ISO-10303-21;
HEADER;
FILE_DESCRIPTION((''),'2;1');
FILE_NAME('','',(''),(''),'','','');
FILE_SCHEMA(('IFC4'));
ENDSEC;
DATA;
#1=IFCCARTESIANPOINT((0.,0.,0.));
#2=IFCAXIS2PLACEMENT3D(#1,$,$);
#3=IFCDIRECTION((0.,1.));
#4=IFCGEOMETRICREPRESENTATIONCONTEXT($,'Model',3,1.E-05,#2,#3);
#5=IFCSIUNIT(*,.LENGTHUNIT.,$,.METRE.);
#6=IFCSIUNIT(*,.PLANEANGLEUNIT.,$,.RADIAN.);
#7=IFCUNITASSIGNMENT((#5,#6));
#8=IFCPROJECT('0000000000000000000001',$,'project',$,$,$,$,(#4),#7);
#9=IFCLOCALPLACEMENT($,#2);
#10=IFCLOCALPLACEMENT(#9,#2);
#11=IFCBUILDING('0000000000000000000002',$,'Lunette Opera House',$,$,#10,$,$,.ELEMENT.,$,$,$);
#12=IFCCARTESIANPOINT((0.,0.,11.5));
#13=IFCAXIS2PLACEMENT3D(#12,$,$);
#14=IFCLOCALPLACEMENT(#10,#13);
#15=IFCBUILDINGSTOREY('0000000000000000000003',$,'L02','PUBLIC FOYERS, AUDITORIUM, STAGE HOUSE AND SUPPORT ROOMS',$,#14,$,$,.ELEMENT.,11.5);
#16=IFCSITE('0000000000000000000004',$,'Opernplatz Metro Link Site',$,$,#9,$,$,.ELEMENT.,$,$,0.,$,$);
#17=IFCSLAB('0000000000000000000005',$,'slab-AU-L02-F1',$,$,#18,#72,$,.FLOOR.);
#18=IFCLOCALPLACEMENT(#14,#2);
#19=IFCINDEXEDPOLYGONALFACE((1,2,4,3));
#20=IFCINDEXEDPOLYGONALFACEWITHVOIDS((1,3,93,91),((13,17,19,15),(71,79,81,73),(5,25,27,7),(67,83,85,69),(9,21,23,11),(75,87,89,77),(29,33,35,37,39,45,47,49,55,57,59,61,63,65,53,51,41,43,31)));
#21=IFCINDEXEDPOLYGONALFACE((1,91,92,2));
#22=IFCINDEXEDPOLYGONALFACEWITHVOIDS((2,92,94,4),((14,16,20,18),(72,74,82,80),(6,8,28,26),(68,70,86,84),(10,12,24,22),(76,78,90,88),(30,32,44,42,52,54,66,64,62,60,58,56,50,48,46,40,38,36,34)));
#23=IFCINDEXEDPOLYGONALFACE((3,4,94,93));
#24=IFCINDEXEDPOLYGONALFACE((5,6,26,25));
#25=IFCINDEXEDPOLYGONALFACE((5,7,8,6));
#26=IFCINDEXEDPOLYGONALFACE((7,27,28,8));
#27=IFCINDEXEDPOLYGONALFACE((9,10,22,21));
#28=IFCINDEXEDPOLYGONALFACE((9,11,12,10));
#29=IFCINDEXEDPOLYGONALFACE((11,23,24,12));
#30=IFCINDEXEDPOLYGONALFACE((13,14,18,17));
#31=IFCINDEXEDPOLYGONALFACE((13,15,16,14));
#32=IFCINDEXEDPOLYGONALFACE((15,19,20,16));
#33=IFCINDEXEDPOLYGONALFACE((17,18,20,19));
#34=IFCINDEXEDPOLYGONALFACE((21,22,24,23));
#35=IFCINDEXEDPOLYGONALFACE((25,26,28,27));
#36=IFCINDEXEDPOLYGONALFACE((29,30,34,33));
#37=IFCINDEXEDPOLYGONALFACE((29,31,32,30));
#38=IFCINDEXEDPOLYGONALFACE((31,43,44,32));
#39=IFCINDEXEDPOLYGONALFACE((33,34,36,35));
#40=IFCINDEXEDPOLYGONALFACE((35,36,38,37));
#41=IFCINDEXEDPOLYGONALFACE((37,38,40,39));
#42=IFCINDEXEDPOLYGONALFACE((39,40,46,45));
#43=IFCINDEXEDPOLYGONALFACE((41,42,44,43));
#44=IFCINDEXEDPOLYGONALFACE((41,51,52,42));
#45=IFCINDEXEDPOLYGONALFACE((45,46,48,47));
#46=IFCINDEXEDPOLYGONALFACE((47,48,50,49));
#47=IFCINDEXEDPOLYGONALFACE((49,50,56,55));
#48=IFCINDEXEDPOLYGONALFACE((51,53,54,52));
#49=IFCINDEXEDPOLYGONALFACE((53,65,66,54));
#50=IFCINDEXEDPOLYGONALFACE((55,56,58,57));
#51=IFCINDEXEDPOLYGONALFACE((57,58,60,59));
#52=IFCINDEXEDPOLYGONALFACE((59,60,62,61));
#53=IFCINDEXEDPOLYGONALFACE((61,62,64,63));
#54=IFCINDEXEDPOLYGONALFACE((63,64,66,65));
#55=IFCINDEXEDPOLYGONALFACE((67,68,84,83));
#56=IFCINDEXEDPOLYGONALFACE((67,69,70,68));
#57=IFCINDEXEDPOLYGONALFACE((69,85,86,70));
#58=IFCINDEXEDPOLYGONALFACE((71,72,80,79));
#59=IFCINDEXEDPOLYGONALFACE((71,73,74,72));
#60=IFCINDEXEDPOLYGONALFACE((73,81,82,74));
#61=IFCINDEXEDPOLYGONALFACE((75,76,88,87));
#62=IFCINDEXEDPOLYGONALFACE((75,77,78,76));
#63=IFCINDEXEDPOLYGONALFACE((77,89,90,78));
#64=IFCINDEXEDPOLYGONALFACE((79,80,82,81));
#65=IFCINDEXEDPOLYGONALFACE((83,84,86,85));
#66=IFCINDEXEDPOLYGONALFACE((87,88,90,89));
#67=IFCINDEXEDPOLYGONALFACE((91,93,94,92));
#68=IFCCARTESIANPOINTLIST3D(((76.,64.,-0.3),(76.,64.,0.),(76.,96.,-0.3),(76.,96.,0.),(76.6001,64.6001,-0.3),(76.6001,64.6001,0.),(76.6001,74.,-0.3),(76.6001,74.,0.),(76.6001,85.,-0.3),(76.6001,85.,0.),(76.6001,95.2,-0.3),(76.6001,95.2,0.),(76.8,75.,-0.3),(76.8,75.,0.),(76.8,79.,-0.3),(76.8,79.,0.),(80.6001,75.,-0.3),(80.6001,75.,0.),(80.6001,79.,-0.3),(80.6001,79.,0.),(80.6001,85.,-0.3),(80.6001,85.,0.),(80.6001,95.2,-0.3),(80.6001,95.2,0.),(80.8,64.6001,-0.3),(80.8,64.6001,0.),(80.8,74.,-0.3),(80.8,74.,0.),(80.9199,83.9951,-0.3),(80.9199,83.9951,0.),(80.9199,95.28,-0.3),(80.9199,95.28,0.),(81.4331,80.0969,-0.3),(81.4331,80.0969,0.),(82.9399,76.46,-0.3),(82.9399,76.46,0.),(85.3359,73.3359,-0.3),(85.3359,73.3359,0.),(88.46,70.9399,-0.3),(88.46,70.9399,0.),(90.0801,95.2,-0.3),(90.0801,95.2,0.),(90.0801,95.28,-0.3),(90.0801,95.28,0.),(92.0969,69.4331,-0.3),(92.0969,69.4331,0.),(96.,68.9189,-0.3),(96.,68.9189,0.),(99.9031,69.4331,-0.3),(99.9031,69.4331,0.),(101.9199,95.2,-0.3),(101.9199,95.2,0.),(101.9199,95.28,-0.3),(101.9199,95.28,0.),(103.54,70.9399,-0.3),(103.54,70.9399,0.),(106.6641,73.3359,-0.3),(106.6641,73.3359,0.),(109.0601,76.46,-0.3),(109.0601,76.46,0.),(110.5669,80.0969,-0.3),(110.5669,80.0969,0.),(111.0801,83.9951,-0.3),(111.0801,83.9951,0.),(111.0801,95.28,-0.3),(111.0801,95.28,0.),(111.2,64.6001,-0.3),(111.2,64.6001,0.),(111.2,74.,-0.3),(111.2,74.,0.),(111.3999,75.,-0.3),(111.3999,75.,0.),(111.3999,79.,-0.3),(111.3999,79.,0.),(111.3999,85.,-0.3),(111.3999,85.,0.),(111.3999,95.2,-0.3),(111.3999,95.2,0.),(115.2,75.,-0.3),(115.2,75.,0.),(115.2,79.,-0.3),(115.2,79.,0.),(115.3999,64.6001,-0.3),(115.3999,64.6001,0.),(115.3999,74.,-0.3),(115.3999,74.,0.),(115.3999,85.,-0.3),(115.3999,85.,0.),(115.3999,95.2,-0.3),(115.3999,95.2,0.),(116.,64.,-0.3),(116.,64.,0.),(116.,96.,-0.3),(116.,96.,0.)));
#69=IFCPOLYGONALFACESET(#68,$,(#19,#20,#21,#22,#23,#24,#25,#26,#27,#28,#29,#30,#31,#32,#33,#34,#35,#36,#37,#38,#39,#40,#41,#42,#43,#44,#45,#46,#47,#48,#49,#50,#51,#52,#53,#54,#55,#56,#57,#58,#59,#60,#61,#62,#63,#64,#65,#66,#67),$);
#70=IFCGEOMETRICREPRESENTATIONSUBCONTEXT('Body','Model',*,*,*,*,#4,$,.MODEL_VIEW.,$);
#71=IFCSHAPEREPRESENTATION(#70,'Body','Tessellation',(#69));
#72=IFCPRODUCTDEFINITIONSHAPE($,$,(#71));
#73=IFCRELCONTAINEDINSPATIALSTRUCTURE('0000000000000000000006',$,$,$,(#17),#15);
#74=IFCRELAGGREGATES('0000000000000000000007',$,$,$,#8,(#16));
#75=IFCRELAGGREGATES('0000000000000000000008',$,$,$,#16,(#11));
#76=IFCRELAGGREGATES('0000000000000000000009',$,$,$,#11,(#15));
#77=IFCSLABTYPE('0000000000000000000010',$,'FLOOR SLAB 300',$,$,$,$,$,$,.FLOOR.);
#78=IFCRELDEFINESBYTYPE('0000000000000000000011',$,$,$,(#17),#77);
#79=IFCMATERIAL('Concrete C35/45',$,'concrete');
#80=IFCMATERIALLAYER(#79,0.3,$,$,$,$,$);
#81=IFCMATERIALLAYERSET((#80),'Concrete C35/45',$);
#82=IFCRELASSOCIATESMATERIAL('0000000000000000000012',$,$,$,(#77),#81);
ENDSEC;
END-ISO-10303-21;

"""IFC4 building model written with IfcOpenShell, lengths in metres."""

from ifc_helpers import new_model, si_unit, direction, frame, origin, place, context, subcontext, project, spatial, polyline, outline, extrude, material, layer, layer_set, type_object, element, save


model = new_model("IFC4")

# Units and contexts
model_context = context("Model", 3, precision=1e-05, world=origin(), true_north=direction((0.0, 1.0)))
body_context = subcontext(model_context, "Body", "Model", "MODEL_VIEW")
ifc_project = project(units=[si_unit("LENGTHUNIT", "METRE"), si_unit("PLANEANGLEUNIT", "RADIAN")], contexts=[model_context])

# Site, building, storey
site_placement = place(None, origin())
site = spatial("IfcSite", under=ifc_project, at=site_placement, Name="Opernplatz Metro Link Site", CompositionType="ELEMENT", RefElevation=0.0)
building_placement = place(site_placement, origin())
building = spatial("IfcBuilding", under=site, at=building_placement, Name="Lunette Opera House", CompositionType="ELEMENT")
storey_placement = place(building_placement, frame((0.0, 0.0, 11.5)))
storey = spatial("IfcBuildingStorey", under=building, at=storey_placement, Name="L02", Description="PUBLIC FOYERS, AUDITORIUM, STAGE HOUSE AND SUPPORT ROOMS", CompositionType="ELEMENT", Elevation=11.5)

# Slab
ifc_material_1 = material(Name="Concrete C35/45", Category="concrete")
ifc_layer_1 = layer(ifc_material_1, 0.3)
ifc_layer_set_1 = layer_set([ifc_layer_1], Name="Concrete C35/45")
slab_type_1 = type_object("IfcSlabType", Name="FLOOR SLAB 300", PredefinedType="FLOOR", material=ifc_layer_set_1)
slab_1_placement = place(storey_placement, frame((0.0, 0.0, -0.3)))
element("IfcSlab", 1, at=slab_1_placement, inside=storey, type_object=slab_type_1, Name="slab-AU-L02-F1", PredefinedType="FLOOR", context=body_context, shape_type="SweptSolid", body=[
    extrude(outline(polyline([(116.0, 96.0), (76.0, 96.0), (76.0, 64.0), (116.0, 64.0), (116.0, 96.0)]), holes=[polyline([(90.0801, 95.2), (101.9199, 95.2), (101.9199, 95.28), (111.0801, 95.28), (111.0801, 83.9951), (110.5669, 80.0969), (109.0601, 76.46), (106.6641, 73.3359), (103.54, 70.9399), (99.9031, 69.4331), (96.0, 68.9189), (92.0969, 69.4331), (88.46, 70.9399), (85.3359, 73.3359), (82.9399, 76.46), (81.4331, 80.0969), (80.9199, 83.9951), (80.9199, 95.28), (90.0801, 95.28), (90.0801, 95.2)]), polyline([(80.8, 64.6001), (76.6001, 64.6001), (76.6001, 74.0), (80.8, 74.0), (80.8, 64.6001)]), polyline([(111.2, 64.6001), (111.2, 74.0), (115.3999, 74.0), (115.3999, 64.6001), (111.2, 64.6001)]), polyline([(76.8, 75.0), (76.8, 79.0), (80.6001, 79.0), (80.6001, 75.0), (76.8, 75.0)]), polyline([(115.2, 75.0), (111.3999, 75.0), (111.3999, 79.0), (115.2, 79.0), (115.2, 75.0)]), polyline([(76.6001, 85.0), (76.6001, 95.2), (80.6001, 95.2), (80.6001, 85.0), (76.6001, 85.0)]), polyline([(111.3999, 85.0), (111.3999, 95.2), (115.3999, 95.2), (115.3999, 85.0), (111.3999, 85.0)])]), origin(), (0.0, 0.0, 1.0), 0.3),
])

save(model, "model.ifc")
